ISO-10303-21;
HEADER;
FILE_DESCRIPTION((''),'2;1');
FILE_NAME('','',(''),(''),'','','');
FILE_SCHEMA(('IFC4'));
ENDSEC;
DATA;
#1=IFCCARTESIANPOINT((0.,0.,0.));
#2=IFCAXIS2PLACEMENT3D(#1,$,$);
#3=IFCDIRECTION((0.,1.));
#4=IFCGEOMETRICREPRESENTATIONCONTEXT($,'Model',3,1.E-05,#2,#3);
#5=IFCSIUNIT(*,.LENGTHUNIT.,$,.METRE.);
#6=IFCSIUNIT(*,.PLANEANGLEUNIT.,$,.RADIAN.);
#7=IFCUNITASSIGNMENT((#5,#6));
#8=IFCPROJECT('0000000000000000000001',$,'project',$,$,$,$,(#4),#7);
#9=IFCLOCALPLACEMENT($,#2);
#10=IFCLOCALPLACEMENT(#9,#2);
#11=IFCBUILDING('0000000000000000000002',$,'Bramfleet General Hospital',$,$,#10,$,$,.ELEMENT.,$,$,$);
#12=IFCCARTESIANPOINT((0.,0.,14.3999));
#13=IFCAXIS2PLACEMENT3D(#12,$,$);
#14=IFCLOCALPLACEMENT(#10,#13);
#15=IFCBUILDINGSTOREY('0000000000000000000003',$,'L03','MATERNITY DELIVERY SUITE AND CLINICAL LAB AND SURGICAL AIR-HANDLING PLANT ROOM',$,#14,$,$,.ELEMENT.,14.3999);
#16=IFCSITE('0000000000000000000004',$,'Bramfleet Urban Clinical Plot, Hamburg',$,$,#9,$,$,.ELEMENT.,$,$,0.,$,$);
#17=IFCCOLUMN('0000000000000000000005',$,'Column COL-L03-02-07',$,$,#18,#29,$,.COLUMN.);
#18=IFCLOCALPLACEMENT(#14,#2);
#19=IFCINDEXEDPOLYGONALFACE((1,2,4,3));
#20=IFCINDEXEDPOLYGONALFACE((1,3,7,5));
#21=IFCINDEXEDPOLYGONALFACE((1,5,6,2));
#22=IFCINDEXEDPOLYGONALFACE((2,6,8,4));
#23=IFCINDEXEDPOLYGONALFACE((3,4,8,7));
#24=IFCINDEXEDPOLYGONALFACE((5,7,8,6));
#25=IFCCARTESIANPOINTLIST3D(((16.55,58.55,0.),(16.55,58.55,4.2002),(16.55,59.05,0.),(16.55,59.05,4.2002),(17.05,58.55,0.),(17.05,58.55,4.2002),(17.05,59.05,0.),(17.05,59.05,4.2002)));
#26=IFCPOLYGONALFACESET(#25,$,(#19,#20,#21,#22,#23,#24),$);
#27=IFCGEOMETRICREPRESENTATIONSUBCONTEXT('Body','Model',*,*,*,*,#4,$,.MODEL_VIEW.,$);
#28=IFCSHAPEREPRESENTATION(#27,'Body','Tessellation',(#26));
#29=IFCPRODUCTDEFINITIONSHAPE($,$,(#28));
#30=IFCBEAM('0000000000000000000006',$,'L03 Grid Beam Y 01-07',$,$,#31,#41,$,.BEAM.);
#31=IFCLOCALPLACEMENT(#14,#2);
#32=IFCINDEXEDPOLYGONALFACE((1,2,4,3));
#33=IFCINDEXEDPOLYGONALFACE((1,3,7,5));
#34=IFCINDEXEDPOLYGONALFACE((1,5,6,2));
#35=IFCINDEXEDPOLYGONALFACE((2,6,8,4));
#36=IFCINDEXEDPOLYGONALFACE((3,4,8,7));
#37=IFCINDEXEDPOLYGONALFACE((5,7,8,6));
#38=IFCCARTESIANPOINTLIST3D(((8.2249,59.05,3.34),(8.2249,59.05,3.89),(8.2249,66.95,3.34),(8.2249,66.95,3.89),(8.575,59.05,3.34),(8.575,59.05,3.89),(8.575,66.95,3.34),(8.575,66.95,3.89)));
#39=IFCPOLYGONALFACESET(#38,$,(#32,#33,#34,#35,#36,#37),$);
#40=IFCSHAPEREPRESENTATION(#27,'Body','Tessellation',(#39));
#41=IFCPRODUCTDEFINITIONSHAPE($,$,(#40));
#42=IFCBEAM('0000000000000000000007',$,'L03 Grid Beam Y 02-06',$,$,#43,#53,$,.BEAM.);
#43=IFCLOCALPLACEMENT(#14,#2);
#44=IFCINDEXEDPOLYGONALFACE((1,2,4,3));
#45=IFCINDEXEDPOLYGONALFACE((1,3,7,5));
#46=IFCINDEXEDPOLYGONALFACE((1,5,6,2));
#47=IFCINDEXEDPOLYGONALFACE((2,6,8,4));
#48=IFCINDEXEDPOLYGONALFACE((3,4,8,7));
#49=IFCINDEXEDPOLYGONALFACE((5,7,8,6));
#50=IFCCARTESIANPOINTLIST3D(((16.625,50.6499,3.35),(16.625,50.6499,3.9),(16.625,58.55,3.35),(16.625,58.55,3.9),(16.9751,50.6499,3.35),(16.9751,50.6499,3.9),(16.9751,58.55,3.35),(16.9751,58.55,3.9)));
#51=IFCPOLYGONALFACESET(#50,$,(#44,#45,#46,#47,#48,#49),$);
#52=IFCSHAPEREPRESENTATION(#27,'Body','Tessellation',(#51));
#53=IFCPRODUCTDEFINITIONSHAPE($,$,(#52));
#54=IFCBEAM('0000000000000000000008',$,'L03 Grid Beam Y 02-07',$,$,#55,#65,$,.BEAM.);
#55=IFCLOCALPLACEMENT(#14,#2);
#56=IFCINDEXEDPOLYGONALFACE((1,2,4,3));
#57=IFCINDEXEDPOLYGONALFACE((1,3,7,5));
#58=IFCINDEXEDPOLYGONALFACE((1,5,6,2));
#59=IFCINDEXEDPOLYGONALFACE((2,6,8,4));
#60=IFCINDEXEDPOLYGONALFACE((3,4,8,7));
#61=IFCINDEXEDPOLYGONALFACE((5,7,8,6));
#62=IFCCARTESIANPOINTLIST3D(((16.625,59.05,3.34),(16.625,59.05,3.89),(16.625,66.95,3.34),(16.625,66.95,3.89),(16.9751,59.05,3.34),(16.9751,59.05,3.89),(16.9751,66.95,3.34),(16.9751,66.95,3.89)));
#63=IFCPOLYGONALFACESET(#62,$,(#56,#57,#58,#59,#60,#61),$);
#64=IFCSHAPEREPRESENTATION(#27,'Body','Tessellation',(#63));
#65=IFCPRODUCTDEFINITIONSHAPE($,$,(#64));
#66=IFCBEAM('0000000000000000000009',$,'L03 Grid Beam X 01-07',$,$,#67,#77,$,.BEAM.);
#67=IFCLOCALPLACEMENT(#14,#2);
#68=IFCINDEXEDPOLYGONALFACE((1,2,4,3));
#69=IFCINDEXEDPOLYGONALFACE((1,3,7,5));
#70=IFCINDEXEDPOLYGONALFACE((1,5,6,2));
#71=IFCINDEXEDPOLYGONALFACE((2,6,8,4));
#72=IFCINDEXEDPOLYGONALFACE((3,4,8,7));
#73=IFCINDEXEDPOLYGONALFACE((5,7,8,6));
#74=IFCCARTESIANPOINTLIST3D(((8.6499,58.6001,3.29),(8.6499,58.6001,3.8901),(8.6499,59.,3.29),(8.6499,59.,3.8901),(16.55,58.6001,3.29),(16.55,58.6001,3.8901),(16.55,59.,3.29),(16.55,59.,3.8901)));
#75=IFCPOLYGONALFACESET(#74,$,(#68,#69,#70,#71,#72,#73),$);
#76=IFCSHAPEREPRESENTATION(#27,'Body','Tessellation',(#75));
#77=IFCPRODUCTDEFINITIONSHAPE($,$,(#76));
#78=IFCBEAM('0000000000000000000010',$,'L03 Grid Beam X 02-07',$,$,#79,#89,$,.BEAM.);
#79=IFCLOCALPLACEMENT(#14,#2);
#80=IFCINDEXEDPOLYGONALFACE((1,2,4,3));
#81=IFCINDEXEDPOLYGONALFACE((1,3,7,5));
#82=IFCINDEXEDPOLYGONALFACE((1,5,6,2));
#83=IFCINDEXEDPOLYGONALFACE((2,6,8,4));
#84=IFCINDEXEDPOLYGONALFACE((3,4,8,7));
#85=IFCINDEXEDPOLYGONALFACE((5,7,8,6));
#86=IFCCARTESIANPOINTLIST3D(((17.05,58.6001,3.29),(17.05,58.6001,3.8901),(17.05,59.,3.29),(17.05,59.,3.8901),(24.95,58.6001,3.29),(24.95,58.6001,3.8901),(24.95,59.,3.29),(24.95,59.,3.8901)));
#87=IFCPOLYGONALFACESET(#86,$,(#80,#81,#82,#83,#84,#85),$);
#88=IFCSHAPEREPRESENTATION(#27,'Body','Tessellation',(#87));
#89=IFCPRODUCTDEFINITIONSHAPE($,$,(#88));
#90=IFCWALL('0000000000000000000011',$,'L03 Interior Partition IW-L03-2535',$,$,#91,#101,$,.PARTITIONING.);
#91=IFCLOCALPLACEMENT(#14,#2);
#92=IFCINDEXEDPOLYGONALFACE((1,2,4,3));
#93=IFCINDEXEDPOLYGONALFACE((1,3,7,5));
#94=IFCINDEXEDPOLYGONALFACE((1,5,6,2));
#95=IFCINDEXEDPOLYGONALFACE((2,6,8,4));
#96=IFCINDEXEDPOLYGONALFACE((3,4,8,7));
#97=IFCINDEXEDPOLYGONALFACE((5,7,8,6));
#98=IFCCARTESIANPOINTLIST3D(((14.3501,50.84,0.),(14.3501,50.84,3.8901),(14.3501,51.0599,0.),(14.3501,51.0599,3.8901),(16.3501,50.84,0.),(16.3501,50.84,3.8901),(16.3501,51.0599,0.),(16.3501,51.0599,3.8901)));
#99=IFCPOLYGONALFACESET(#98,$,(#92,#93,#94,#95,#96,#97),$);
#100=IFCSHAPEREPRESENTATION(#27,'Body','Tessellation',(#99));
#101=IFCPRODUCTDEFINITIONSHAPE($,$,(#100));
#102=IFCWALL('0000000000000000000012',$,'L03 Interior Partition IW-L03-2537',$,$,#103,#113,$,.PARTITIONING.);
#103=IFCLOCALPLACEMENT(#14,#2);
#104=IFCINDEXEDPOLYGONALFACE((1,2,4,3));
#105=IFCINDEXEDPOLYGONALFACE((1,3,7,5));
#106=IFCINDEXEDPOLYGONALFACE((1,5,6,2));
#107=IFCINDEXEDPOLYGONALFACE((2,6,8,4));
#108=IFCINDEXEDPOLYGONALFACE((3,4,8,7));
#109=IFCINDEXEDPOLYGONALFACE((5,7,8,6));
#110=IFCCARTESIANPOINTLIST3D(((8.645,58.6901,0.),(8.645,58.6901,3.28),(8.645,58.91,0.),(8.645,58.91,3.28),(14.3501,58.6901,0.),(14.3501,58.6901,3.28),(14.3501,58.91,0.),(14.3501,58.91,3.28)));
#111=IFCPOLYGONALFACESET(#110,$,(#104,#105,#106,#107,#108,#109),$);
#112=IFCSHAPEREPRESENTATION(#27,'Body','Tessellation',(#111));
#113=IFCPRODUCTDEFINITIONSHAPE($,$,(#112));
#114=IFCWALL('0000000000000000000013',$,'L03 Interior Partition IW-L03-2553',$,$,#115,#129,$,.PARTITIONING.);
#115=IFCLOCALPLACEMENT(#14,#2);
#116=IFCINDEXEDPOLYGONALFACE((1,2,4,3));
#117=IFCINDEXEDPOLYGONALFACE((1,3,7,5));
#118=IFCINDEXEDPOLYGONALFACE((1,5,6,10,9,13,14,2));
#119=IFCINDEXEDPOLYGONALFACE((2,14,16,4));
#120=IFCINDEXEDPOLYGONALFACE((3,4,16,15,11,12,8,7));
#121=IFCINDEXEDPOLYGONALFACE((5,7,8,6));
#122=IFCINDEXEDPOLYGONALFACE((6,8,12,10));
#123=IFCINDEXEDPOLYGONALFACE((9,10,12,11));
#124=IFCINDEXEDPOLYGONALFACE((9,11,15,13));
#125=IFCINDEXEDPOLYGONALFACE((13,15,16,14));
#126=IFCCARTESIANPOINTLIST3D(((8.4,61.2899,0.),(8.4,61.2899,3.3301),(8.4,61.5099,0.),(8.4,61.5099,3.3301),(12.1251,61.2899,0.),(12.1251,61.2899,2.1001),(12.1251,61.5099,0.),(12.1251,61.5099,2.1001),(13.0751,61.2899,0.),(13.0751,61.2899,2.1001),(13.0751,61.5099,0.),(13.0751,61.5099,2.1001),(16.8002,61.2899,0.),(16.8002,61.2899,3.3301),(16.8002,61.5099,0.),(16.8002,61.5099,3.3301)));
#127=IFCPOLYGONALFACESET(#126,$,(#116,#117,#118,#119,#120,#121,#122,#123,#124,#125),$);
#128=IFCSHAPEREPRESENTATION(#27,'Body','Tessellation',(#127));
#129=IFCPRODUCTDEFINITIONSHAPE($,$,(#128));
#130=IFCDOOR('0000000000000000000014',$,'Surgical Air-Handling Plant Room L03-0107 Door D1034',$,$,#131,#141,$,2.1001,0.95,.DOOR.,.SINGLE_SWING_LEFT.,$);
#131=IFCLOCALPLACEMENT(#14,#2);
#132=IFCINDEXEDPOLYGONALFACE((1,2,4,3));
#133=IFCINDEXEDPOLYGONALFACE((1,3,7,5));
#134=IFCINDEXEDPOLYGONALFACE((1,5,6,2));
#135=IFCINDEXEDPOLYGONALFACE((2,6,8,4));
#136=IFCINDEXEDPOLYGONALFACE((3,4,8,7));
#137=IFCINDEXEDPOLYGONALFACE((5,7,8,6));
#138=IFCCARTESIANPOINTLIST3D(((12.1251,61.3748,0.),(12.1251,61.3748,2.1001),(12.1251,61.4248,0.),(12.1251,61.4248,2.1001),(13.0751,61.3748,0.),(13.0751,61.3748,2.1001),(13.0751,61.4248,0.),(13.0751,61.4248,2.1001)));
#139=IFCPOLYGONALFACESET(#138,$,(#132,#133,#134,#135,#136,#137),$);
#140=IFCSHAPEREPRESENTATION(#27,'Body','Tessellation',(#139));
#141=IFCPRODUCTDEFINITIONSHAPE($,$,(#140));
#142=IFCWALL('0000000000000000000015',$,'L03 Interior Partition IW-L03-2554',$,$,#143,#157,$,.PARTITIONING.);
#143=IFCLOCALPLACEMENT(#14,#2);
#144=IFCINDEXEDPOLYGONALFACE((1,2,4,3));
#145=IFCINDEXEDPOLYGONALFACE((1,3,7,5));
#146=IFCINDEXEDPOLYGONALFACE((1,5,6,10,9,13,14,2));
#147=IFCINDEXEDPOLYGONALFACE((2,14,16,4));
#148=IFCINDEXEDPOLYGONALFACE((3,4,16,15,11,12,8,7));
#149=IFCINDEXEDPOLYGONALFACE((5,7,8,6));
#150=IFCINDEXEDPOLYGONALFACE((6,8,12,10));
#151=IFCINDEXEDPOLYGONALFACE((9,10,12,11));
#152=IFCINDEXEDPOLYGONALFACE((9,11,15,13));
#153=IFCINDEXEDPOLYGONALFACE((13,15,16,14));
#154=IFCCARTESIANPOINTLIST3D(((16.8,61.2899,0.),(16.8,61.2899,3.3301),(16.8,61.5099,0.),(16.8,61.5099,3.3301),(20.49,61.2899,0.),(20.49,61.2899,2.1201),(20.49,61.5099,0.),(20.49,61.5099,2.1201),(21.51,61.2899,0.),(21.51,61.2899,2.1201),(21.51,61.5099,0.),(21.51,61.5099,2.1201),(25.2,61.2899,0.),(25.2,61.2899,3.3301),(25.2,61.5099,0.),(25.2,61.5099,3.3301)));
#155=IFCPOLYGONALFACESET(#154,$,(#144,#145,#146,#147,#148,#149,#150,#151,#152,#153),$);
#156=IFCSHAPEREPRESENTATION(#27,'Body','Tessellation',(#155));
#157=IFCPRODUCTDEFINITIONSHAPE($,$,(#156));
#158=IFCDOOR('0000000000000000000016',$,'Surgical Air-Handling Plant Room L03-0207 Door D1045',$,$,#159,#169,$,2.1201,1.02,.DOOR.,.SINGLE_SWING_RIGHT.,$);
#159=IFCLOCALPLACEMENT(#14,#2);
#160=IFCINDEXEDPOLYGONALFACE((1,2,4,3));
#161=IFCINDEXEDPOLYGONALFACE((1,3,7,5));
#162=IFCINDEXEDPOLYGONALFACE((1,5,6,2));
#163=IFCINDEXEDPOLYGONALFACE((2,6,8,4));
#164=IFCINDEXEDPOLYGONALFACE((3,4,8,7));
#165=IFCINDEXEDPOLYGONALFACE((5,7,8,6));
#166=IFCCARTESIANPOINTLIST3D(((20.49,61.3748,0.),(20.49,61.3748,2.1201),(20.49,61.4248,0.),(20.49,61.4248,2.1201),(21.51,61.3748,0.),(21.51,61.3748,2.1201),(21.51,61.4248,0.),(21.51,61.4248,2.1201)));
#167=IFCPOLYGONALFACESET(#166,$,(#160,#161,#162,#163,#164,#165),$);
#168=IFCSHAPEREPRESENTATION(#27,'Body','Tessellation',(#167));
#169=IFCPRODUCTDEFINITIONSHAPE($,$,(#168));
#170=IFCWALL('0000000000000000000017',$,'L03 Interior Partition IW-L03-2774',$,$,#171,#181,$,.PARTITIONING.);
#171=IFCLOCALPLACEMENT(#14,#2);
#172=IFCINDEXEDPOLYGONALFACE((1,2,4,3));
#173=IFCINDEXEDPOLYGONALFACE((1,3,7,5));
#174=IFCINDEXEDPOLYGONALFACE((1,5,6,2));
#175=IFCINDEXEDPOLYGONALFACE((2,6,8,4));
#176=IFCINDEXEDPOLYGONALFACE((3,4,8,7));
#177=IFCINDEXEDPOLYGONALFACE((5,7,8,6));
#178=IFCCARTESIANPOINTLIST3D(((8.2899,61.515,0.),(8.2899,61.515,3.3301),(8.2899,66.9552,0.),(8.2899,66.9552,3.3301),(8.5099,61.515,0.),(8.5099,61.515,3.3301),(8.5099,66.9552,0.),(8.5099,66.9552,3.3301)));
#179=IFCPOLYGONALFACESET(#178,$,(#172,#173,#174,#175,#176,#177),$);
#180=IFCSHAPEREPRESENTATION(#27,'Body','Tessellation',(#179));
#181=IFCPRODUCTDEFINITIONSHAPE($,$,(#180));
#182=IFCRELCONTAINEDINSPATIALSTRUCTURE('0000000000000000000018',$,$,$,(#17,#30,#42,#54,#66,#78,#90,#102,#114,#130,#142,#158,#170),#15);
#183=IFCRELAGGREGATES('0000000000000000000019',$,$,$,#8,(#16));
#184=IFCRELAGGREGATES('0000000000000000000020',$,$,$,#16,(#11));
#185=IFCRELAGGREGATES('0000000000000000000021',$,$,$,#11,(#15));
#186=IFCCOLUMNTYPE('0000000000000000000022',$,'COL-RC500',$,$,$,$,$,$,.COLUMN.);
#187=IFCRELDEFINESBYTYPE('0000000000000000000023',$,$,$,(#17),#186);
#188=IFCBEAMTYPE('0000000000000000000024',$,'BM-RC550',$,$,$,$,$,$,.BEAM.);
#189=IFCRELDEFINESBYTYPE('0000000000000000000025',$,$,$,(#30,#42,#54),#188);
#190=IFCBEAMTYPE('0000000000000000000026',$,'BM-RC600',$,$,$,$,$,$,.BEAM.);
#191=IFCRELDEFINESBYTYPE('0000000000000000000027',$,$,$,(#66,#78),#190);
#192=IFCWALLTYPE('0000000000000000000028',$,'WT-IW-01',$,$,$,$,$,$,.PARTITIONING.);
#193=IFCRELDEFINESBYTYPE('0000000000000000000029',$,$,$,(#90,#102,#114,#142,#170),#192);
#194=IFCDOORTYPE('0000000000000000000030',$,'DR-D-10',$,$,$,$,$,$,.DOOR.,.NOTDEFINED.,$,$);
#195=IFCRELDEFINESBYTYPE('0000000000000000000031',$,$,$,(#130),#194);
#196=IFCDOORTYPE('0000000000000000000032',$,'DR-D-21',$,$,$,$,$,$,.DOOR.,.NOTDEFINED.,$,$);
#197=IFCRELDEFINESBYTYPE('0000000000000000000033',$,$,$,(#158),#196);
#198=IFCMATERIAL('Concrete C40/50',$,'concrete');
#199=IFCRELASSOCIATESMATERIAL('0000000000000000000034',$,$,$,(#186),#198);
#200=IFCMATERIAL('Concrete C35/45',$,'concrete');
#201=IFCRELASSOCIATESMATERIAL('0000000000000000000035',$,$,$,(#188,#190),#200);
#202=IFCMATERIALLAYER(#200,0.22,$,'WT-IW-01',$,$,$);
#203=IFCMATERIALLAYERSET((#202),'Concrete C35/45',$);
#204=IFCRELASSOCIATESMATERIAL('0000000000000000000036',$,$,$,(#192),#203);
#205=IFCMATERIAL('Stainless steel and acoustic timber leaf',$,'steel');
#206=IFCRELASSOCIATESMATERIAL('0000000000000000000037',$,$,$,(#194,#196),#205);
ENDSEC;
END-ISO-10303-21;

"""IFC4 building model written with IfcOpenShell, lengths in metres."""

from ifc_helpers import new_model, si_unit, direction, frame, frame_2d, origin, origin_2d, place, context, subcontext, project, spatial, rectangle, extrude, material, layer, layer_set, material_profile, profile_set, type_object, element, fill, save


model = new_model("IFC4")

# Units and contexts
model_context = context("Model", 3, precision=1e-05, world=origin(), true_north=direction((0.0, 1.0)))
body_context = subcontext(model_context, "Body", "Model", "MODEL_VIEW")
ifc_project = project(units=[si_unit("LENGTHUNIT", "METRE"), si_unit("PLANEANGLEUNIT", "RADIAN")], contexts=[model_context])

# Site, building, storey
site_placement = place(None, origin())
site = spatial("IfcSite", under=ifc_project, at=site_placement, Name="Bramfleet Urban Clinical Plot, Hamburg", CompositionType="ELEMENT", RefElevation=0.0)
building_placement = place(site_placement, origin())
building = spatial("IfcBuilding", under=site, at=building_placement, Name="Bramfleet General Hospital", CompositionType="ELEMENT")
storey_placement = place(building_placement, frame((0.0, 0.0, 14.3999)))
storey = spatial("IfcBuildingStorey", under=building, at=storey_placement, Name="L03", Description="MATERNITY DELIVERY SUITE AND CLINICAL LAB AND SURGICAL AIR-HANDLING PLANT ROOM", CompositionType="ELEMENT", Elevation=14.3999)

# Column
ifc_material_1 = material(Name="Concrete C40/50", Category="concrete")
ifc_material_profile_1 = material_profile(ifc_material_1, rectangle(XDim=0.5, YDim=0.5, at=origin_2d()), Name="RC COL 500x500")
ifc_profile_set_1 = profile_set([ifc_material_profile_1], Name="Concrete C40/50")
column_type = type_object("IfcColumnType", Name="COL-RC500", PredefinedType="COLUMN", material=ifc_profile_set_1)
column_placement = place(storey_placement, frame((16.8, 58.8, 0.0), z_axis=(0.0, 0.0, 1.0), x_axis=(1.0, 0.0, 0.0)))
element("IfcColumn", 1, at=column_placement, inside=storey, type_object=column_type, Name="Column COL-L03-02-07", PredefinedType="COLUMN", context=body_context, shape_type="SweptSolid", body=[
    extrude(rectangle(XDim=0.5, YDim=0.5, at=origin_2d()), origin(), (0.0, 0.0, 1.0), 4.2002),
])

# Beams
ifc_material_2 = material(Name="Concrete C35/45", Category="concrete")
ifc_material_profile_2 = material_profile(ifc_material_2, rectangle(XDim=0.3501, YDim=0.55, at=origin_2d()), Name="RC BM 550x350")
ifc_profile_set_2 = profile_set([ifc_material_profile_2], Name="Concrete C35/45")
beam_type_1 = type_object("IfcBeamType", Name="BM-RC550", PredefinedType="BEAM", material=ifc_profile_set_2)
beam_1_placement = place(storey_placement, frame((8.3999, 59.05, 3.615), z_axis=(0.0, 1.0, 0.0), x_axis=(-1.0, 0.0, 0.0)))
element("IfcBeam", 2, at=beam_1_placement, inside=storey, type_object=beam_type_1, Name="L03 Grid Beam Y 01-07", PredefinedType="BEAM", context=body_context, shape_type="SweptSolid", body=[
    extrude(rectangle(XDim=0.3501, YDim=0.55, at=origin_2d()), origin(), (0.0, 0.0, 1.0), 7.8999),
])
beam_2_placement = place(storey_placement, frame((16.8, 50.6499, 3.625), z_axis=(0.0, 1.0, 0.0), x_axis=(-1.0, 0.0, 0.0)))
element("IfcBeam", 3, at=beam_2_placement, inside=storey, type_object=beam_type_1, Name="L03 Grid Beam Y 02-06", PredefinedType="BEAM", context=body_context, shape_type="SweptSolid", body=[
    extrude(rectangle(XDim=0.3501, YDim=0.55, at=origin_2d()), origin(), (0.0, 0.0, 1.0), 7.9001),
])
beam_3_placement = place(storey_placement, frame((16.8, 59.05, 3.615), z_axis=(0.0, 1.0, 0.0), x_axis=(-1.0, 0.0, 0.0)))
element("IfcBeam", 4, at=beam_3_placement, inside=storey, type_object=beam_type_1, Name="L03 Grid Beam Y 02-07", PredefinedType="BEAM", context=body_context, shape_type="SweptSolid", body=[
    extrude(rectangle(XDim=0.3501, YDim=0.55, at=origin_2d()), origin(), (0.0, 0.0, 1.0), 7.8999),
])
ifc_material_profile_3 = material_profile(ifc_material_2, rectangle(XDim=0.3999, YDim=0.6001, at=origin_2d()), Name="RC BM 600x400")
ifc_profile_set_3 = profile_set([ifc_material_profile_3], Name="Concrete C35/45")
beam_type_2 = type_object("IfcBeamType", Name="BM-RC600", PredefinedType="BEAM", material=ifc_profile_set_3)
beam_4_placement = place(storey_placement, frame((8.6499, 58.8, 3.5901), z_axis=(1.0, 0.0, 0.0), x_axis=(0.0, 1.0, 0.0)))
element("IfcBeam", 5, at=beam_4_placement, inside=storey, type_object=beam_type_2, Name="L03 Grid Beam X 01-07", PredefinedType="BEAM", context=body_context, shape_type="SweptSolid", body=[
    extrude(rectangle(XDim=0.3999, YDim=0.6001, at=origin_2d()), origin(), (0.0, 0.0, 1.0), 7.9001),
])
beam_5_placement = place(storey_placement, frame((17.05, 58.8, 3.5901), z_axis=(1.0, 0.0, 0.0), x_axis=(0.0, 1.0, 0.0)))
element("IfcBeam", 6, at=beam_5_placement, inside=storey, type_object=beam_type_2, Name="L03 Grid Beam X 02-07", PredefinedType="BEAM", context=body_context, shape_type="SweptSolid", body=[
    extrude(rectangle(XDim=0.3999, YDim=0.6001, at=origin_2d()), origin(), (0.0, 0.0, 1.0), 7.8999),
])

# Walls
ifc_layer_1 = layer(ifc_material_2, 0.22, Name="WT-IW-01")
ifc_layer_set_1 = layer_set([ifc_layer_1], Name="Concrete C35/45")
wall_type_1 = type_object("IfcWallType", Name="WT-IW-01", PredefinedType="PARTITIONING", material=ifc_layer_set_1)
wall_1_placement = place(storey_placement, frame((14.3501, 50.95, 0.0), z_axis=(0.0, 0.0, 1.0), x_axis=(1.0, 0.0, 0.0)))
element("IfcWall", 7, at=wall_1_placement, inside=storey, type_object=wall_type_1, Name="L03 Interior Partition IW-L03-2535", PredefinedType="PARTITIONING", context=body_context, shape_type="SweptSolid", body=[
    extrude(rectangle(XDim=2.0, YDim=0.22, at=frame_2d((1.0, 0.0))), origin(), (0.0, 0.0, 1.0), 3.8901),
])
wall_2_placement = place(storey_placement, frame((8.645, 58.8, 0.0), z_axis=(0.0, 0.0, 1.0), x_axis=(1.0, 0.0, 0.0)))
element("IfcWall", 8, at=wall_2_placement, inside=storey, type_object=wall_type_1, Name="L03 Interior Partition IW-L03-2537", PredefinedType="PARTITIONING", context=body_context, shape_type="SweptSolid", body=[
    extrude(rectangle(XDim=5.7051, YDim=0.22, at=frame_2d((2.8525, 0.0))), origin(), (0.0, 0.0, 1.0), 3.28),
])

# Walls, openings, doors
wall_3_placement = place(storey_placement, frame((8.3999, 61.3999, 0.0), z_axis=(0.0, 0.0, 1.0), x_axis=(1.0, 0.0, 0.0)))
wall_3 = element("IfcWall", 9, at=wall_3_placement, inside=storey, type_object=wall_type_1, Name="L03 Interior Partition IW-L03-2553", PredefinedType="PARTITIONING", context=body_context, shape_type="SweptSolid", body=[
    extrude(rectangle(XDim=8.4001, YDim=0.22, at=frame_2d((4.2002, 0.0))), origin(), (0.0, 0.0, 1.0), 3.3301),
])
opening_1_placement = place(wall_3_placement, frame((3.7251, 0.0, 0.0)))
opening_1 = element("IfcOpeningElement", 10, at=opening_1_placement, cuts=wall_3, PredefinedType="OPENING", context=body_context, shape_type="SweptSolid", body=[
    extrude(rectangle(XDim=0.95, YDim=2.1001, at=frame_2d((0.4751, 1.05))), frame((0.0, 0.1199, 0.0), z_axis=(0.0, -1.0, 0.0), x_axis=(1.0, 0.0, 0.0)), (0.0, 0.0, 1.0), 0.24),
])
ifc_material_3 = material(Name="Stainless steel and acoustic timber leaf", Category="steel")
door_type_1 = type_object("IfcDoorType", Name="DR-D-10", OperationType="NOTDEFINED", PredefinedType="DOOR", material=ifc_material_3)
door_1_placement = place(opening_1_placement, origin())
door_1 = element("IfcDoor", 11, at=door_1_placement, inside=storey, type_object=door_type_1, Name="Surgical Air-Handling Plant Room L03-0107 Door D1034", OperationType="SINGLE_SWING_LEFT", OverallHeight=2.1001, OverallWidth=0.95, PredefinedType="DOOR", context=body_context, shape_type="SweptSolid", body=[
    extrude(rectangle(XDim=0.95, YDim=2.1001, at=frame_2d((0.4751, 1.05))), frame((0.0, 0.0249, 0.0), z_axis=(0.0, -1.0, 0.0), x_axis=(1.0, 0.0, 0.0)), (0.0, 0.0, 1.0), 0.05),
])
fill(opening_1, door_1)
wall_4_placement = place(storey_placement, frame((16.8, 61.3999, 0.0), z_axis=(0.0, 0.0, 1.0), x_axis=(1.0, 0.0, 0.0)))
wall_4 = element("IfcWall", 12, at=wall_4_placement, inside=storey, type_object=wall_type_1, Name="L03 Interior Partition IW-L03-2554", PredefinedType="PARTITIONING", context=body_context, shape_type="SweptSolid", body=[
    extrude(rectangle(XDim=8.3999, YDim=0.22, at=frame_2d((4.2, 0.0))), origin(), (0.0, 0.0, 1.0), 3.3301),
])
opening_2_placement = place(wall_4_placement, frame((3.6899, 0.0, 0.0)))
opening_2 = element("IfcOpeningElement", 13, at=opening_2_placement, cuts=wall_4, PredefinedType="OPENING", context=body_context, shape_type="SweptSolid", body=[
    extrude(rectangle(XDim=1.02, YDim=2.1201, at=frame_2d((0.51, 1.0601))), frame((0.0, 0.1199, 0.0), z_axis=(0.0, -1.0, 0.0), x_axis=(1.0, 0.0, 0.0)), (0.0, 0.0, 1.0), 0.24),
])
door_type_2 = type_object("IfcDoorType", Name="DR-D-21", OperationType="NOTDEFINED", PredefinedType="DOOR", material=ifc_material_3)
door_2_placement = place(opening_2_placement, origin())
door_2 = element("IfcDoor", 14, at=door_2_placement, inside=storey, type_object=door_type_2, Name="Surgical Air-Handling Plant Room L03-0207 Door D1045", OperationType="SINGLE_SWING_RIGHT", OverallHeight=2.1201, OverallWidth=1.02, PredefinedType="DOOR", context=body_context, shape_type="SweptSolid", body=[
    extrude(rectangle(XDim=1.02, YDim=2.1201, at=frame_2d((0.51, 1.0601))), frame((0.0, 0.0249, 0.0), z_axis=(0.0, -1.0, 0.0), x_axis=(1.0, 0.0, 0.0)), (0.0, 0.0, 1.0), 0.05),
])
fill(opening_2, door_2)

# Wall
wall_5_placement = place(storey_placement, frame((8.3999, 61.5149, 0.0), z_axis=(0.0, 0.0, 1.0), x_axis=(0.0, 1.0, 0.0)))
element("IfcWall", 15, at=wall_5_placement, inside=storey, type_object=wall_type_1, Name="L03 Interior Partition IW-L03-2774", PredefinedType="PARTITIONING", context=body_context, shape_type="SweptSolid", body=[
    extrude(rectangle(XDim=5.4402, YDim=0.22, at=frame_2d((2.7202, 0.0))), origin(), (0.0, 0.0, 1.0), 3.3301),
])

save(model, "model.ifc")
